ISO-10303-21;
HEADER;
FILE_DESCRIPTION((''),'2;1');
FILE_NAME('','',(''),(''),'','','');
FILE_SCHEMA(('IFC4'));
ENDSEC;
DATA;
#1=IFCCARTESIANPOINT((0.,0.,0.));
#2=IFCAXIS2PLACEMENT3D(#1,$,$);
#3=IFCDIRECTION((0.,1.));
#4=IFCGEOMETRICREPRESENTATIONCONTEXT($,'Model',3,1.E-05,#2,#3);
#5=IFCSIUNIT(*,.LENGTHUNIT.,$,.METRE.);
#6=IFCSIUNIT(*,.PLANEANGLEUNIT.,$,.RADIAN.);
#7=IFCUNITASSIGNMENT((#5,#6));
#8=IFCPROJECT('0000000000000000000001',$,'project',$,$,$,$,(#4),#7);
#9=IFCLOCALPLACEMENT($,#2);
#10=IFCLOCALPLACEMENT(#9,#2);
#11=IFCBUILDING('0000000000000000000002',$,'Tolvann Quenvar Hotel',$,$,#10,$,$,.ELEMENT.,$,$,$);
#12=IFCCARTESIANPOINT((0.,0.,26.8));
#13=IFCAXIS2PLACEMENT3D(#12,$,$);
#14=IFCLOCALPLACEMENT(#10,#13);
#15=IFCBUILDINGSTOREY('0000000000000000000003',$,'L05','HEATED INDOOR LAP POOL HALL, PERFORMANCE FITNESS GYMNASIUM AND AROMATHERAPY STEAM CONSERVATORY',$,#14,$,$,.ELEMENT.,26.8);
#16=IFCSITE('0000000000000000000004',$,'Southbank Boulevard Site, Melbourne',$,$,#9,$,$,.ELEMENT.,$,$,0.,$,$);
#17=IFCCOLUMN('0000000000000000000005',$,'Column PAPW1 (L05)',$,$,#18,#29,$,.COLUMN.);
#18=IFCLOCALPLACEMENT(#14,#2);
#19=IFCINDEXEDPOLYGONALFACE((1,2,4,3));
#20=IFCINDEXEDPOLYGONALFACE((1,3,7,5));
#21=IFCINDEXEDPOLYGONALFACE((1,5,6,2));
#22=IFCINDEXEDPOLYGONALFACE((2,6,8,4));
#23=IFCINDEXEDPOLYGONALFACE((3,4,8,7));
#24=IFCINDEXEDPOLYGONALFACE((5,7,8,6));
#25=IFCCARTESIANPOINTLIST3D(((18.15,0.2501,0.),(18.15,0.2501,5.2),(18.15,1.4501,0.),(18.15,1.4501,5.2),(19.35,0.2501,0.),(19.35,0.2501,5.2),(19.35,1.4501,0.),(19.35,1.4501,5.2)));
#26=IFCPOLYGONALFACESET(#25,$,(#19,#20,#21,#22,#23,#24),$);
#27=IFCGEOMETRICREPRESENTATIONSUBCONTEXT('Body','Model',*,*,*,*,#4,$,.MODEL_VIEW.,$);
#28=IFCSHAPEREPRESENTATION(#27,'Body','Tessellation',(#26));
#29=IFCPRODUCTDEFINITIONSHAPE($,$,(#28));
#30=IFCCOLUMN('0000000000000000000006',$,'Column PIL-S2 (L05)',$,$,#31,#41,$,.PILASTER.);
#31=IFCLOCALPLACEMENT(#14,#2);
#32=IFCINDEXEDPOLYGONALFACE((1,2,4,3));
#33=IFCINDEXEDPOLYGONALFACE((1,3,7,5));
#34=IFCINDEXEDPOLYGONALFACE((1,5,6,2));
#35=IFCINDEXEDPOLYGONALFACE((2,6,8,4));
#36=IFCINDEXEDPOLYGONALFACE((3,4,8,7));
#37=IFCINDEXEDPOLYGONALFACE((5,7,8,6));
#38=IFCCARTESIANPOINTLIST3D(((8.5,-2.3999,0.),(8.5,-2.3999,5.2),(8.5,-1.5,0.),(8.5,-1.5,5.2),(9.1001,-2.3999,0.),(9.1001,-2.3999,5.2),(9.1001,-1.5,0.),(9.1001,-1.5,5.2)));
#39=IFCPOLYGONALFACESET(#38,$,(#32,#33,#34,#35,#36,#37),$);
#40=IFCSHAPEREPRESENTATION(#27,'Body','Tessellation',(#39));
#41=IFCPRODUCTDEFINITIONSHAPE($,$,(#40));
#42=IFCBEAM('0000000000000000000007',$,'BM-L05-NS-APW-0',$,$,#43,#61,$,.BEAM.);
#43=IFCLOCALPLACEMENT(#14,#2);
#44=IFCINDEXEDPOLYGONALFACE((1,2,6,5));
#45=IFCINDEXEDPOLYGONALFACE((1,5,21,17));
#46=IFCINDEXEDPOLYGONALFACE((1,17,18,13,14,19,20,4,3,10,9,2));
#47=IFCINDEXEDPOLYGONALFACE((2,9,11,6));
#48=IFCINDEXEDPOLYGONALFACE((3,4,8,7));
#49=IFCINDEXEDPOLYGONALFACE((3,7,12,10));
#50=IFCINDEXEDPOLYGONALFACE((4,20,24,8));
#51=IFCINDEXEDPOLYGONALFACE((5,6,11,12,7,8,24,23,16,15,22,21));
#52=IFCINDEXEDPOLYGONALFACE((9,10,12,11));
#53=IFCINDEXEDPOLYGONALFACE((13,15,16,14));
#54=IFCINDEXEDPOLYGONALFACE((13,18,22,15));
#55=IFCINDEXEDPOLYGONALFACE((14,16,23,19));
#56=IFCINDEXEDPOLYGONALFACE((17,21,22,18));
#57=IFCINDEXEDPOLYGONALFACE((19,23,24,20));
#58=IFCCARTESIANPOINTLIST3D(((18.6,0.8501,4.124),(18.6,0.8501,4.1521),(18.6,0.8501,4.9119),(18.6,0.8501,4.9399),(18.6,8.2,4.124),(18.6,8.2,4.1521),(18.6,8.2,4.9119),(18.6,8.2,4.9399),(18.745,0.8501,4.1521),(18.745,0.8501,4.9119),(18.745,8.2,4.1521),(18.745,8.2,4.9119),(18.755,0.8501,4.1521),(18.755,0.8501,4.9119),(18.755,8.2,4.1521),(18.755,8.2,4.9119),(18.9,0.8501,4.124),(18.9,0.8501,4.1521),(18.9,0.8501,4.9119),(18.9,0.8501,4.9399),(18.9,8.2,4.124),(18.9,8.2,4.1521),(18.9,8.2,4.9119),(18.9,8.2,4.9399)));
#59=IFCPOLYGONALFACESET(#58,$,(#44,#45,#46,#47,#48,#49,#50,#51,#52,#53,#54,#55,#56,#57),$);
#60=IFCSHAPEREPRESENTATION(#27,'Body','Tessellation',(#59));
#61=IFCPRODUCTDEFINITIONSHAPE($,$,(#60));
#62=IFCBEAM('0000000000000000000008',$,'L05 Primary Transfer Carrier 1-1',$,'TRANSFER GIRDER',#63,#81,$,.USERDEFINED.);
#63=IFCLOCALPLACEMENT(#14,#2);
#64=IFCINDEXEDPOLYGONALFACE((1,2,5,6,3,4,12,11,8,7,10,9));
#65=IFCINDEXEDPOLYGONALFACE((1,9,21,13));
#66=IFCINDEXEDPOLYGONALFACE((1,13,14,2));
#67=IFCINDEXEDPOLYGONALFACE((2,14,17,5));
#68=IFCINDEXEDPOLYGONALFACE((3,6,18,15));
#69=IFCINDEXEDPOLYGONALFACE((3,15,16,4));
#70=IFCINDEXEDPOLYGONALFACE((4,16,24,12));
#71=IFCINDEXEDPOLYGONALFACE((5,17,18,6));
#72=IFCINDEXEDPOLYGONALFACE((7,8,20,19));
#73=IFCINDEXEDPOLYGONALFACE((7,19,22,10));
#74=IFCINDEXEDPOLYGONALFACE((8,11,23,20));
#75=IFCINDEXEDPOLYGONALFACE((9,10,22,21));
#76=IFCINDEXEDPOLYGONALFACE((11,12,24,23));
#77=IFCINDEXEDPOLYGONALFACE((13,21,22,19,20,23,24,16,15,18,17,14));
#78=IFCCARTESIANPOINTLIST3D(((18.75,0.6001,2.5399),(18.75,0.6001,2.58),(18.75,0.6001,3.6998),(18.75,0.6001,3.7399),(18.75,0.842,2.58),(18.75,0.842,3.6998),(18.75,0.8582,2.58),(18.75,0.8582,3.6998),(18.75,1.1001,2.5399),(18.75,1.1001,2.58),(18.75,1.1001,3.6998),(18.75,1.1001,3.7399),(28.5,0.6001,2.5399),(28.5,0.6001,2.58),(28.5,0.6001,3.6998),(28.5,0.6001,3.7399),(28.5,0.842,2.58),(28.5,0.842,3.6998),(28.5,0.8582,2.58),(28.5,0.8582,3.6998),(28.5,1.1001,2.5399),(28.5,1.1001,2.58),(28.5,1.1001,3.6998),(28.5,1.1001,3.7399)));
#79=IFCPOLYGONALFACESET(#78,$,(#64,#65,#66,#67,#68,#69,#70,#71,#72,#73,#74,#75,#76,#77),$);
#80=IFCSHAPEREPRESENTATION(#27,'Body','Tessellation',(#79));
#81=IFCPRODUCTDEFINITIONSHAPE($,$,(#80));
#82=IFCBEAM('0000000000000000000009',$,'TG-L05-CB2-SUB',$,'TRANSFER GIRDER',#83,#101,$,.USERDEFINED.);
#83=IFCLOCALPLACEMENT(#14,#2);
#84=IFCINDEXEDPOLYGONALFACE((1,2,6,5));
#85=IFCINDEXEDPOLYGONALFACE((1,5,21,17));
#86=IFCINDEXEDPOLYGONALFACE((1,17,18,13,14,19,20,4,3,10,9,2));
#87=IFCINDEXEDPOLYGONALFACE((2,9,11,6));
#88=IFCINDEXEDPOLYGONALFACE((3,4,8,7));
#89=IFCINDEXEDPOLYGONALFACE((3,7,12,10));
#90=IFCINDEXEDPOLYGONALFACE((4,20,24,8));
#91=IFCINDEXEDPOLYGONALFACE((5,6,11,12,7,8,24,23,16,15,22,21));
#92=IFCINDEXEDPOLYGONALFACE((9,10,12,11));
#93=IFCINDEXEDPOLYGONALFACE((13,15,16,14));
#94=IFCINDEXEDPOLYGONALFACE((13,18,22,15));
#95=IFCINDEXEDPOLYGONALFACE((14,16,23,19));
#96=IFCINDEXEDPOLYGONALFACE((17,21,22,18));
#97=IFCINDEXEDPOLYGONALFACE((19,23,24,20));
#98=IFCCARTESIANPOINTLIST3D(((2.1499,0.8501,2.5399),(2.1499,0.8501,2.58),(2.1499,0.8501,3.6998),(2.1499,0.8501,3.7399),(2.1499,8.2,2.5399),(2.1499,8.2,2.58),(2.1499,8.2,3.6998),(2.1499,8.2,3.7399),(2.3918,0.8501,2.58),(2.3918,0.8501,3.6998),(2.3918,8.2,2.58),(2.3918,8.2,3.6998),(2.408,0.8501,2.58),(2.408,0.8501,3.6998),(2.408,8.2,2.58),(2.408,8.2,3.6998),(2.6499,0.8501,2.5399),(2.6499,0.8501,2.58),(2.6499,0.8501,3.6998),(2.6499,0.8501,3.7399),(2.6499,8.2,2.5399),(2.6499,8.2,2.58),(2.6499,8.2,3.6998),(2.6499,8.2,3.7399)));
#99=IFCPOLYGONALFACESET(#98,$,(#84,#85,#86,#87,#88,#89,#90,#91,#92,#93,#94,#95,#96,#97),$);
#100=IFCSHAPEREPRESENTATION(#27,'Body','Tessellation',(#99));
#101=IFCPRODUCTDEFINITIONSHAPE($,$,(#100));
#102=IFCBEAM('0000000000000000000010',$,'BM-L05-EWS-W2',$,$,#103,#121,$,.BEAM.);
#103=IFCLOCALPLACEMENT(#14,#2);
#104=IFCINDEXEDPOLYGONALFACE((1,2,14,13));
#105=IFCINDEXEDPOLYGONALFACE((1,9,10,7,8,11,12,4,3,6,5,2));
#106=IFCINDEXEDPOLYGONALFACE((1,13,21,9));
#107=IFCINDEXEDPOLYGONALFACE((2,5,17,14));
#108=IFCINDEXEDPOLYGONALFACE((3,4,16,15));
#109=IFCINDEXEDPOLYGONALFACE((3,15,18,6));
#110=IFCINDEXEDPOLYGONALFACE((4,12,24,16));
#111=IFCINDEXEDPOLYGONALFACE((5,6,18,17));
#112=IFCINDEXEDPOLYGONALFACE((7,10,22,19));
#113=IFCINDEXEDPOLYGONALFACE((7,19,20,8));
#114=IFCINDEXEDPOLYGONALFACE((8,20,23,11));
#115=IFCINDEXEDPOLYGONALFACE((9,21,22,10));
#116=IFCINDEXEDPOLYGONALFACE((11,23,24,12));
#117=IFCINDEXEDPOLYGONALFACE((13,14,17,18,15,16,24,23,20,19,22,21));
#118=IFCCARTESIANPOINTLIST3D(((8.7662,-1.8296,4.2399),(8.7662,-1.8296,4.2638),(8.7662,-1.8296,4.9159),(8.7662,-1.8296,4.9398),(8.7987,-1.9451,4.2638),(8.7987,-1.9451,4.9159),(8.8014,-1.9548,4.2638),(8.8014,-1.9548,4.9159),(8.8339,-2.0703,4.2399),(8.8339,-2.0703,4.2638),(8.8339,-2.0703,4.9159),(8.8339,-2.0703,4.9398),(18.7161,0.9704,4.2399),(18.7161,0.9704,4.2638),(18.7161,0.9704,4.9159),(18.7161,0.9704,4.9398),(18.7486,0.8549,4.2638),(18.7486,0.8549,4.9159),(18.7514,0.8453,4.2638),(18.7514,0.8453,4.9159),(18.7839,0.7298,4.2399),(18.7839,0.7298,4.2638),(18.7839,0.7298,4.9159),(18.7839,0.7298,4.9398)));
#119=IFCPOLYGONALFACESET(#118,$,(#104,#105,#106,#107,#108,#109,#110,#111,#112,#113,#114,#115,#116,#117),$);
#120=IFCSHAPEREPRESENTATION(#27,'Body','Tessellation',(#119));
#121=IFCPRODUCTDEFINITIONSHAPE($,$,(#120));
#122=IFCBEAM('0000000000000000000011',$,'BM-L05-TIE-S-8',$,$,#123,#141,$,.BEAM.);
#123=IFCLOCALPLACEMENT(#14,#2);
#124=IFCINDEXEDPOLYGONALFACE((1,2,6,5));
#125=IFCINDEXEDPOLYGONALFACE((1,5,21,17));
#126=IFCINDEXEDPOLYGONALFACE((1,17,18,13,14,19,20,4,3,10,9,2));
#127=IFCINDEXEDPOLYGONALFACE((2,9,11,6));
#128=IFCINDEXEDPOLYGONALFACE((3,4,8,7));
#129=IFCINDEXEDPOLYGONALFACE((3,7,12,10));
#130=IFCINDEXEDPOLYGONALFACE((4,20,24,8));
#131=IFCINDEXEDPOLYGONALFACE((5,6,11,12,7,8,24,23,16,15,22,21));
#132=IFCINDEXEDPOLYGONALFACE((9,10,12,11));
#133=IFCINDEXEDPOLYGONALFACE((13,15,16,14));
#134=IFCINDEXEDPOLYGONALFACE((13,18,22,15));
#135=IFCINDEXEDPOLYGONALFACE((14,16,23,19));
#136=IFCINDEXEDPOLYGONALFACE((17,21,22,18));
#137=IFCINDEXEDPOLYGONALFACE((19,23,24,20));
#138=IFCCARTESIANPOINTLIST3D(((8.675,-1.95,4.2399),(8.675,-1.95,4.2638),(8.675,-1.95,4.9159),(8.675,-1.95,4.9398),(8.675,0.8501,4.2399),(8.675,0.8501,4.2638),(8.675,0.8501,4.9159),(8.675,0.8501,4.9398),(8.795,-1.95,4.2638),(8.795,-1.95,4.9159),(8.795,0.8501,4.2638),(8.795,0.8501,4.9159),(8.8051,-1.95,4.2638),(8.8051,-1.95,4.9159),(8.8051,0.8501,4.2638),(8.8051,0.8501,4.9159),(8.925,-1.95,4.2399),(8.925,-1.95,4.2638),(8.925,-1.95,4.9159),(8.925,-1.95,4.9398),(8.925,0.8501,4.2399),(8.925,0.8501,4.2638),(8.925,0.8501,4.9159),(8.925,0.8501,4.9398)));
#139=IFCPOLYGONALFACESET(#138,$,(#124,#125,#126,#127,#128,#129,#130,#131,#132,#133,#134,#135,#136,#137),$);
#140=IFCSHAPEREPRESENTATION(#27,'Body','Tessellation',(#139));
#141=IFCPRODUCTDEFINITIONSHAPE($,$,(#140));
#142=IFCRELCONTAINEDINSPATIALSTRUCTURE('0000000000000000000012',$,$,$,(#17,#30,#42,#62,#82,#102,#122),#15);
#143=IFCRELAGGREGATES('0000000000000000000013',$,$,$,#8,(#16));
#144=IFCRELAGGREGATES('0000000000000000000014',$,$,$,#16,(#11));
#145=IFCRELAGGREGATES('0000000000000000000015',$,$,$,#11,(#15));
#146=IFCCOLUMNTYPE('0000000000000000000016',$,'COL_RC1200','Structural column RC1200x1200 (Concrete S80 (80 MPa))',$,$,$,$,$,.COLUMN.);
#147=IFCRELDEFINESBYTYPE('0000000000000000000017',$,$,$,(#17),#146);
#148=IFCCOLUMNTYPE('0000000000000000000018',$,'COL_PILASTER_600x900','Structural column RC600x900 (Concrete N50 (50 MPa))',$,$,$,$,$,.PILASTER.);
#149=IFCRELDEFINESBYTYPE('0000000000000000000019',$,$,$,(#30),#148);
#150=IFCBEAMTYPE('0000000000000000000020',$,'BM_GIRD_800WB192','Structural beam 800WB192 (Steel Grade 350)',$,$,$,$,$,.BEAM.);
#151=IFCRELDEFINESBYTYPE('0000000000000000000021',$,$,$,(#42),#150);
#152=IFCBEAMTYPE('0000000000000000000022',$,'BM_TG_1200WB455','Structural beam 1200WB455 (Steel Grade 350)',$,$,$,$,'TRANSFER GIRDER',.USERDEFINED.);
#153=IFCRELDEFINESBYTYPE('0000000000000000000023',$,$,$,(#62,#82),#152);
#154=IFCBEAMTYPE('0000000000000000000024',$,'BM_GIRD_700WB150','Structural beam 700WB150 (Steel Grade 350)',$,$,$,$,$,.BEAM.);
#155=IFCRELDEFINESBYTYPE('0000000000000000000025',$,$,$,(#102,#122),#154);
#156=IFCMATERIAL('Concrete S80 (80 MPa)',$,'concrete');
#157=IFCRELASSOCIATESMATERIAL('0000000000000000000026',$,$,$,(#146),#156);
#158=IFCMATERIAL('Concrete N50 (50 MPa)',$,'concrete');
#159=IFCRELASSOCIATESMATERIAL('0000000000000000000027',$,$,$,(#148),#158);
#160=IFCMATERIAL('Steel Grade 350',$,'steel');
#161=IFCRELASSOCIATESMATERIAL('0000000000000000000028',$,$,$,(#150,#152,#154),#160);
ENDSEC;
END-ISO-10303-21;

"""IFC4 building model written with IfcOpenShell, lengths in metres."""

from ifc_helpers import new_model, si_unit, direction, frame, origin, origin_2d, place, context, subcontext, project, spatial, rectangle, i_section, extrude, source, transform, mapped, material, material_profile, profile_set, type_object, type_shapes, element, save


model = new_model("IFC4")

# Units and contexts
model_context = context("Model", 3, precision=1e-05, world=origin(), true_north=direction((0.0, 1.0)))
body_context = subcontext(model_context, "Body", "Model", "MODEL_VIEW")
ifc_project = project(units=[si_unit("LENGTHUNIT", "METRE"), si_unit("PLANEANGLEUNIT", "RADIAN")], contexts=[model_context])

# Site, building, storey
site_placement = place(None, origin())
site = spatial("IfcSite", under=ifc_project, at=site_placement, Name="Southbank Boulevard Site, Melbourne", CompositionType="ELEMENT", RefElevation=0.0)
building_placement = place(site_placement, origin())
building = spatial("IfcBuilding", under=site, at=building_placement, Name="Tolvann Quenvar Hotel", CompositionType="ELEMENT")
storey_placement = place(building_placement, frame((0.0, 0.0, 26.8)))
storey = spatial("IfcBuildingStorey", under=building, at=storey_placement, Name="L05", Description="HEATED INDOOR LAP POOL HALL, PERFORMANCE FITNESS GYMNASIUM AND AROMATHERAPY STEAM CONSERVATORY", CompositionType="ELEMENT", Elevation=26.8)

# Columns
ifc_material_1 = material(Name="Concrete S80 (80 MPa)", Category="concrete")
ifc_material_profile_1 = material_profile(ifc_material_1, rectangle(XDim=1.2, YDim=1.2, at=origin_2d()), Name="RC1200x1200")
ifc_profile_set_1 = profile_set([ifc_material_profile_1], Name="Concrete S80 (80 MPa)")
column_type_1 = type_object("IfcColumnType", Name="COL_RC1200", Description="Structural column RC1200x1200 (Concrete S80 (80 MPa))", PredefinedType="COLUMN", material=ifc_profile_set_1)
shared_shape_1 = source(origin(), body_context, "Body", "SweptSolid", [
    extrude(rectangle(XDim=1.2, YDim=1.2, at=origin_2d()), origin(), (0.0, 0.0, 1.0), 5.2),
])
type_shapes(column_type_1, [shared_shape_1])
column_1_placement = place(storey_placement, frame((18.75, 0.8501, 0.0), z_axis=(0.0, 0.0, 1.0), x_axis=(1.0, 0.0, 0.0)))
element("IfcColumn", 1, at=column_1_placement, inside=storey, type_object=column_type_1, Name="Column PAPW1 (L05)", PredefinedType="COLUMN", context=body_context, shape_type="MappedRepresentation", body=[
    mapped(shared_shape_1, transform((0.0, 0.0, 0.0), x_axis=(1.0, 0.0, 0.0), y_axis=(0.0, 1.0, 0.0), z_axis=(0.0, 0.0, 1.0), scale=1.0)),
])
ifc_material_2 = material(Name="Concrete N50 (50 MPa)", Category="concrete")
ifc_material_profile_2 = material_profile(ifc_material_2, rectangle(XDim=0.6001, YDim=0.8999, at=origin_2d()), Name="RC600x900")
ifc_profile_set_2 = profile_set([ifc_material_profile_2], Name="Concrete N50 (50 MPa)")
column_type_2 = type_object("IfcColumnType", Name="COL_PILASTER_600x900", Description="Structural column RC600x900 (Concrete N50 (50 MPa))", PredefinedType="PILASTER", material=ifc_profile_set_2)
shared_shape_2 = source(origin(), body_context, "Body", "SweptSolid", [
    extrude(rectangle(XDim=0.6001, YDim=0.8999, at=origin_2d()), origin(), (0.0, 0.0, 1.0), 5.2),
])
type_shapes(column_type_2, [shared_shape_2])
column_2_placement = place(storey_placement, frame((8.8, -1.95, 0.0), z_axis=(0.0, 0.0, 1.0), x_axis=(1.0, 0.0, 0.0)))
element("IfcColumn", 2, at=column_2_placement, inside=storey, type_object=column_type_2, Name="Column PIL-S2 (L05)", PredefinedType="PILASTER", context=body_context, shape_type="MappedRepresentation", body=[
    mapped(shared_shape_2, transform((0.0, 0.0, 0.0), x_axis=(1.0, 0.0, 0.0), y_axis=(0.0, 1.0, 0.0), z_axis=(0.0, 0.0, 1.0), scale=1.0)),
])

# Beams
ifc_material_3 = material(Name="Steel Grade 350", Category="steel")
ifc_material_profile_3 = material_profile(ifc_material_3, i_section(OverallWidth=0.3, OverallDepth=0.8159, WebThickness=0.01, FlangeThickness=0.0281, at=origin_2d()), Name="800WB192")
ifc_profile_set_3 = profile_set([ifc_material_profile_3], Name="Steel Grade 350")
beam_type_1 = type_object("IfcBeamType", Name="BM_GIRD_800WB192", Description="Structural beam 800WB192 (Steel Grade 350)", PredefinedType="BEAM", material=ifc_profile_set_3)
shared_shape_3 = source(origin(), body_context, "Body", "SweptSolid", [
    extrude(i_section(OverallWidth=0.3, OverallDepth=0.8159, WebThickness=0.01, FlangeThickness=0.0281, at=origin_2d()), origin(), (0.0, 0.0, 1.0), 7.3499),
])
type_shapes(beam_type_1, [shared_shape_3])
beam_1_placement = place(storey_placement, frame((18.75, 0.8501, 4.532), z_axis=(0.0, 1.0, 0.0), x_axis=(-1.0, 0.0, 0.0)))
element("IfcBeam", 3, at=beam_1_placement, inside=storey, type_object=beam_type_1, Name="BM-L05-NS-APW-0", PredefinedType="BEAM", context=body_context, shape_type="MappedRepresentation", body=[
    mapped(shared_shape_3, transform((0.0, 0.0, 0.0), x_axis=(1.0, 0.0, 0.0), y_axis=(0.0, 1.0, 0.0), z_axis=(0.0, 0.0, 1.0), scale=1.0)),
])
ifc_material_profile_4 = material_profile(ifc_material_3, i_section(OverallWidth=0.5, OverallDepth=1.2, WebThickness=0.0161, FlangeThickness=0.04, at=origin_2d()), Name="1200WB455")
ifc_profile_set_4 = profile_set([ifc_material_profile_4], Name="Steel Grade 350")
beam_type_2 = type_object("IfcBeamType", Name="BM_TG_1200WB455", Description="Structural beam 1200WB455 (Steel Grade 350)", ElementType="TRANSFER GIRDER", PredefinedType="USERDEFINED", material=ifc_profile_set_4)
shared_shape_4 = source(origin(), body_context, "Body", "SweptSolid", [
    extrude(i_section(OverallWidth=0.5, OverallDepth=1.2, WebThickness=0.0161, FlangeThickness=0.04, at=origin_2d()), origin(), (0.0, 0.0, 1.0), 9.75),
])
beam_2_placement = place(storey_placement, frame((18.75, 0.8501, 3.1399), z_axis=(1.0, 0.0, 0.0), x_axis=(0.0, 1.0, 0.0)))
element("IfcBeam", 4, at=beam_2_placement, inside=storey, type_object=beam_type_2, Name="L05 Primary Transfer Carrier 1-1", ObjectType="TRANSFER GIRDER", PredefinedType="USERDEFINED", context=body_context, shape_type="MappedRepresentation", body=[
    mapped(shared_shape_4, transform((0.0, 0.0, 0.0), x_axis=(1.0, 0.0, 0.0), y_axis=(0.0, 1.0, 0.0), z_axis=(0.0, 0.0, 1.0), scale=1.0)),
])
shared_shape_5 = source(origin(), body_context, "Body", "SweptSolid", [
    extrude(i_section(OverallWidth=0.5, OverallDepth=1.2, WebThickness=0.0161, FlangeThickness=0.04, at=origin_2d()), origin(), (0.0, 0.0, 1.0), 7.3499),
])
beam_3_placement = place(storey_placement, frame((2.3999, 0.8501, 3.1399), z_axis=(0.0, 1.0, 0.0), x_axis=(-1.0, 0.0, 0.0)))
element("IfcBeam", 5, at=beam_3_placement, inside=storey, type_object=beam_type_2, Name="TG-L05-CB2-SUB", ObjectType="TRANSFER GIRDER", PredefinedType="USERDEFINED", context=body_context, shape_type="MappedRepresentation", body=[
    mapped(shared_shape_5, transform((0.0, 0.0, 0.0), x_axis=(1.0, 0.0, 0.0), y_axis=(0.0, 1.0, 0.0), z_axis=(0.0, 0.0, 1.0), scale=1.0)),
])
ifc_material_profile_5 = material_profile(ifc_material_3, i_section(OverallWidth=0.25, OverallDepth=0.7, WebThickness=0.01, FlangeThickness=0.0239, at=origin_2d()), Name="700WB150")
ifc_profile_set_5 = profile_set([ifc_material_profile_5], Name="Steel Grade 350")
beam_type_3 = type_object("IfcBeamType", Name="BM_GIRD_700WB150", Description="Structural beam 700WB150 (Steel Grade 350)", PredefinedType="BEAM", material=ifc_profile_set_5)
shared_shape_6 = source(origin(), body_context, "Body", "SweptSolid", [
    extrude(i_section(OverallWidth=0.25, OverallDepth=0.7, WebThickness=0.01, FlangeThickness=0.0239, at=origin_2d()), origin(), (0.0, 0.0, 1.0), 10.3364),
])
beam_4_placement = place(storey_placement, frame((8.8, -1.95, 4.5898), z_axis=(0.96261, 0.270891, 0.0), x_axis=(-0.270891, 0.96261, 0.0)))
element("IfcBeam", 6, at=beam_4_placement, inside=storey, type_object=beam_type_3, Name="BM-L05-EWS-W2", PredefinedType="BEAM", context=body_context, shape_type="MappedRepresentation", body=[
    mapped(shared_shape_6, transform((0.0, 0.0, 0.0), x_axis=(1.0, 0.0, 0.0), y_axis=(0.0, 1.0, 0.0), z_axis=(0.0, 0.0, 1.0), scale=1.0)),
])
shared_shape_7 = source(origin(), body_context, "Body", "SweptSolid", [
    extrude(i_section(OverallWidth=0.25, OverallDepth=0.7, WebThickness=0.01, FlangeThickness=0.0239, at=origin_2d()), origin(), (0.0, 0.0, 1.0), 2.8),
])
type_shapes(beam_type_3, [shared_shape_6, shared_shape_7])
beam_5_placement = place(storey_placement, frame((8.8, -1.95, 4.5898), z_axis=(0.0, 1.0, 0.0), x_axis=(-1.0, 0.0, 0.0)))
element("IfcBeam", 7, at=beam_5_placement, inside=storey, type_object=beam_type_3, Name="BM-L05-TIE-S-8", PredefinedType="BEAM", context=body_context, shape_type="MappedRepresentation", body=[
    mapped(shared_shape_7, transform((0.0, 0.0, 0.0), x_axis=(1.0, 0.0, 0.0), y_axis=(0.0, 1.0, 0.0), z_axis=(0.0, 0.0, 1.0), scale=1.0)),
])

save(model, "model.ifc")
